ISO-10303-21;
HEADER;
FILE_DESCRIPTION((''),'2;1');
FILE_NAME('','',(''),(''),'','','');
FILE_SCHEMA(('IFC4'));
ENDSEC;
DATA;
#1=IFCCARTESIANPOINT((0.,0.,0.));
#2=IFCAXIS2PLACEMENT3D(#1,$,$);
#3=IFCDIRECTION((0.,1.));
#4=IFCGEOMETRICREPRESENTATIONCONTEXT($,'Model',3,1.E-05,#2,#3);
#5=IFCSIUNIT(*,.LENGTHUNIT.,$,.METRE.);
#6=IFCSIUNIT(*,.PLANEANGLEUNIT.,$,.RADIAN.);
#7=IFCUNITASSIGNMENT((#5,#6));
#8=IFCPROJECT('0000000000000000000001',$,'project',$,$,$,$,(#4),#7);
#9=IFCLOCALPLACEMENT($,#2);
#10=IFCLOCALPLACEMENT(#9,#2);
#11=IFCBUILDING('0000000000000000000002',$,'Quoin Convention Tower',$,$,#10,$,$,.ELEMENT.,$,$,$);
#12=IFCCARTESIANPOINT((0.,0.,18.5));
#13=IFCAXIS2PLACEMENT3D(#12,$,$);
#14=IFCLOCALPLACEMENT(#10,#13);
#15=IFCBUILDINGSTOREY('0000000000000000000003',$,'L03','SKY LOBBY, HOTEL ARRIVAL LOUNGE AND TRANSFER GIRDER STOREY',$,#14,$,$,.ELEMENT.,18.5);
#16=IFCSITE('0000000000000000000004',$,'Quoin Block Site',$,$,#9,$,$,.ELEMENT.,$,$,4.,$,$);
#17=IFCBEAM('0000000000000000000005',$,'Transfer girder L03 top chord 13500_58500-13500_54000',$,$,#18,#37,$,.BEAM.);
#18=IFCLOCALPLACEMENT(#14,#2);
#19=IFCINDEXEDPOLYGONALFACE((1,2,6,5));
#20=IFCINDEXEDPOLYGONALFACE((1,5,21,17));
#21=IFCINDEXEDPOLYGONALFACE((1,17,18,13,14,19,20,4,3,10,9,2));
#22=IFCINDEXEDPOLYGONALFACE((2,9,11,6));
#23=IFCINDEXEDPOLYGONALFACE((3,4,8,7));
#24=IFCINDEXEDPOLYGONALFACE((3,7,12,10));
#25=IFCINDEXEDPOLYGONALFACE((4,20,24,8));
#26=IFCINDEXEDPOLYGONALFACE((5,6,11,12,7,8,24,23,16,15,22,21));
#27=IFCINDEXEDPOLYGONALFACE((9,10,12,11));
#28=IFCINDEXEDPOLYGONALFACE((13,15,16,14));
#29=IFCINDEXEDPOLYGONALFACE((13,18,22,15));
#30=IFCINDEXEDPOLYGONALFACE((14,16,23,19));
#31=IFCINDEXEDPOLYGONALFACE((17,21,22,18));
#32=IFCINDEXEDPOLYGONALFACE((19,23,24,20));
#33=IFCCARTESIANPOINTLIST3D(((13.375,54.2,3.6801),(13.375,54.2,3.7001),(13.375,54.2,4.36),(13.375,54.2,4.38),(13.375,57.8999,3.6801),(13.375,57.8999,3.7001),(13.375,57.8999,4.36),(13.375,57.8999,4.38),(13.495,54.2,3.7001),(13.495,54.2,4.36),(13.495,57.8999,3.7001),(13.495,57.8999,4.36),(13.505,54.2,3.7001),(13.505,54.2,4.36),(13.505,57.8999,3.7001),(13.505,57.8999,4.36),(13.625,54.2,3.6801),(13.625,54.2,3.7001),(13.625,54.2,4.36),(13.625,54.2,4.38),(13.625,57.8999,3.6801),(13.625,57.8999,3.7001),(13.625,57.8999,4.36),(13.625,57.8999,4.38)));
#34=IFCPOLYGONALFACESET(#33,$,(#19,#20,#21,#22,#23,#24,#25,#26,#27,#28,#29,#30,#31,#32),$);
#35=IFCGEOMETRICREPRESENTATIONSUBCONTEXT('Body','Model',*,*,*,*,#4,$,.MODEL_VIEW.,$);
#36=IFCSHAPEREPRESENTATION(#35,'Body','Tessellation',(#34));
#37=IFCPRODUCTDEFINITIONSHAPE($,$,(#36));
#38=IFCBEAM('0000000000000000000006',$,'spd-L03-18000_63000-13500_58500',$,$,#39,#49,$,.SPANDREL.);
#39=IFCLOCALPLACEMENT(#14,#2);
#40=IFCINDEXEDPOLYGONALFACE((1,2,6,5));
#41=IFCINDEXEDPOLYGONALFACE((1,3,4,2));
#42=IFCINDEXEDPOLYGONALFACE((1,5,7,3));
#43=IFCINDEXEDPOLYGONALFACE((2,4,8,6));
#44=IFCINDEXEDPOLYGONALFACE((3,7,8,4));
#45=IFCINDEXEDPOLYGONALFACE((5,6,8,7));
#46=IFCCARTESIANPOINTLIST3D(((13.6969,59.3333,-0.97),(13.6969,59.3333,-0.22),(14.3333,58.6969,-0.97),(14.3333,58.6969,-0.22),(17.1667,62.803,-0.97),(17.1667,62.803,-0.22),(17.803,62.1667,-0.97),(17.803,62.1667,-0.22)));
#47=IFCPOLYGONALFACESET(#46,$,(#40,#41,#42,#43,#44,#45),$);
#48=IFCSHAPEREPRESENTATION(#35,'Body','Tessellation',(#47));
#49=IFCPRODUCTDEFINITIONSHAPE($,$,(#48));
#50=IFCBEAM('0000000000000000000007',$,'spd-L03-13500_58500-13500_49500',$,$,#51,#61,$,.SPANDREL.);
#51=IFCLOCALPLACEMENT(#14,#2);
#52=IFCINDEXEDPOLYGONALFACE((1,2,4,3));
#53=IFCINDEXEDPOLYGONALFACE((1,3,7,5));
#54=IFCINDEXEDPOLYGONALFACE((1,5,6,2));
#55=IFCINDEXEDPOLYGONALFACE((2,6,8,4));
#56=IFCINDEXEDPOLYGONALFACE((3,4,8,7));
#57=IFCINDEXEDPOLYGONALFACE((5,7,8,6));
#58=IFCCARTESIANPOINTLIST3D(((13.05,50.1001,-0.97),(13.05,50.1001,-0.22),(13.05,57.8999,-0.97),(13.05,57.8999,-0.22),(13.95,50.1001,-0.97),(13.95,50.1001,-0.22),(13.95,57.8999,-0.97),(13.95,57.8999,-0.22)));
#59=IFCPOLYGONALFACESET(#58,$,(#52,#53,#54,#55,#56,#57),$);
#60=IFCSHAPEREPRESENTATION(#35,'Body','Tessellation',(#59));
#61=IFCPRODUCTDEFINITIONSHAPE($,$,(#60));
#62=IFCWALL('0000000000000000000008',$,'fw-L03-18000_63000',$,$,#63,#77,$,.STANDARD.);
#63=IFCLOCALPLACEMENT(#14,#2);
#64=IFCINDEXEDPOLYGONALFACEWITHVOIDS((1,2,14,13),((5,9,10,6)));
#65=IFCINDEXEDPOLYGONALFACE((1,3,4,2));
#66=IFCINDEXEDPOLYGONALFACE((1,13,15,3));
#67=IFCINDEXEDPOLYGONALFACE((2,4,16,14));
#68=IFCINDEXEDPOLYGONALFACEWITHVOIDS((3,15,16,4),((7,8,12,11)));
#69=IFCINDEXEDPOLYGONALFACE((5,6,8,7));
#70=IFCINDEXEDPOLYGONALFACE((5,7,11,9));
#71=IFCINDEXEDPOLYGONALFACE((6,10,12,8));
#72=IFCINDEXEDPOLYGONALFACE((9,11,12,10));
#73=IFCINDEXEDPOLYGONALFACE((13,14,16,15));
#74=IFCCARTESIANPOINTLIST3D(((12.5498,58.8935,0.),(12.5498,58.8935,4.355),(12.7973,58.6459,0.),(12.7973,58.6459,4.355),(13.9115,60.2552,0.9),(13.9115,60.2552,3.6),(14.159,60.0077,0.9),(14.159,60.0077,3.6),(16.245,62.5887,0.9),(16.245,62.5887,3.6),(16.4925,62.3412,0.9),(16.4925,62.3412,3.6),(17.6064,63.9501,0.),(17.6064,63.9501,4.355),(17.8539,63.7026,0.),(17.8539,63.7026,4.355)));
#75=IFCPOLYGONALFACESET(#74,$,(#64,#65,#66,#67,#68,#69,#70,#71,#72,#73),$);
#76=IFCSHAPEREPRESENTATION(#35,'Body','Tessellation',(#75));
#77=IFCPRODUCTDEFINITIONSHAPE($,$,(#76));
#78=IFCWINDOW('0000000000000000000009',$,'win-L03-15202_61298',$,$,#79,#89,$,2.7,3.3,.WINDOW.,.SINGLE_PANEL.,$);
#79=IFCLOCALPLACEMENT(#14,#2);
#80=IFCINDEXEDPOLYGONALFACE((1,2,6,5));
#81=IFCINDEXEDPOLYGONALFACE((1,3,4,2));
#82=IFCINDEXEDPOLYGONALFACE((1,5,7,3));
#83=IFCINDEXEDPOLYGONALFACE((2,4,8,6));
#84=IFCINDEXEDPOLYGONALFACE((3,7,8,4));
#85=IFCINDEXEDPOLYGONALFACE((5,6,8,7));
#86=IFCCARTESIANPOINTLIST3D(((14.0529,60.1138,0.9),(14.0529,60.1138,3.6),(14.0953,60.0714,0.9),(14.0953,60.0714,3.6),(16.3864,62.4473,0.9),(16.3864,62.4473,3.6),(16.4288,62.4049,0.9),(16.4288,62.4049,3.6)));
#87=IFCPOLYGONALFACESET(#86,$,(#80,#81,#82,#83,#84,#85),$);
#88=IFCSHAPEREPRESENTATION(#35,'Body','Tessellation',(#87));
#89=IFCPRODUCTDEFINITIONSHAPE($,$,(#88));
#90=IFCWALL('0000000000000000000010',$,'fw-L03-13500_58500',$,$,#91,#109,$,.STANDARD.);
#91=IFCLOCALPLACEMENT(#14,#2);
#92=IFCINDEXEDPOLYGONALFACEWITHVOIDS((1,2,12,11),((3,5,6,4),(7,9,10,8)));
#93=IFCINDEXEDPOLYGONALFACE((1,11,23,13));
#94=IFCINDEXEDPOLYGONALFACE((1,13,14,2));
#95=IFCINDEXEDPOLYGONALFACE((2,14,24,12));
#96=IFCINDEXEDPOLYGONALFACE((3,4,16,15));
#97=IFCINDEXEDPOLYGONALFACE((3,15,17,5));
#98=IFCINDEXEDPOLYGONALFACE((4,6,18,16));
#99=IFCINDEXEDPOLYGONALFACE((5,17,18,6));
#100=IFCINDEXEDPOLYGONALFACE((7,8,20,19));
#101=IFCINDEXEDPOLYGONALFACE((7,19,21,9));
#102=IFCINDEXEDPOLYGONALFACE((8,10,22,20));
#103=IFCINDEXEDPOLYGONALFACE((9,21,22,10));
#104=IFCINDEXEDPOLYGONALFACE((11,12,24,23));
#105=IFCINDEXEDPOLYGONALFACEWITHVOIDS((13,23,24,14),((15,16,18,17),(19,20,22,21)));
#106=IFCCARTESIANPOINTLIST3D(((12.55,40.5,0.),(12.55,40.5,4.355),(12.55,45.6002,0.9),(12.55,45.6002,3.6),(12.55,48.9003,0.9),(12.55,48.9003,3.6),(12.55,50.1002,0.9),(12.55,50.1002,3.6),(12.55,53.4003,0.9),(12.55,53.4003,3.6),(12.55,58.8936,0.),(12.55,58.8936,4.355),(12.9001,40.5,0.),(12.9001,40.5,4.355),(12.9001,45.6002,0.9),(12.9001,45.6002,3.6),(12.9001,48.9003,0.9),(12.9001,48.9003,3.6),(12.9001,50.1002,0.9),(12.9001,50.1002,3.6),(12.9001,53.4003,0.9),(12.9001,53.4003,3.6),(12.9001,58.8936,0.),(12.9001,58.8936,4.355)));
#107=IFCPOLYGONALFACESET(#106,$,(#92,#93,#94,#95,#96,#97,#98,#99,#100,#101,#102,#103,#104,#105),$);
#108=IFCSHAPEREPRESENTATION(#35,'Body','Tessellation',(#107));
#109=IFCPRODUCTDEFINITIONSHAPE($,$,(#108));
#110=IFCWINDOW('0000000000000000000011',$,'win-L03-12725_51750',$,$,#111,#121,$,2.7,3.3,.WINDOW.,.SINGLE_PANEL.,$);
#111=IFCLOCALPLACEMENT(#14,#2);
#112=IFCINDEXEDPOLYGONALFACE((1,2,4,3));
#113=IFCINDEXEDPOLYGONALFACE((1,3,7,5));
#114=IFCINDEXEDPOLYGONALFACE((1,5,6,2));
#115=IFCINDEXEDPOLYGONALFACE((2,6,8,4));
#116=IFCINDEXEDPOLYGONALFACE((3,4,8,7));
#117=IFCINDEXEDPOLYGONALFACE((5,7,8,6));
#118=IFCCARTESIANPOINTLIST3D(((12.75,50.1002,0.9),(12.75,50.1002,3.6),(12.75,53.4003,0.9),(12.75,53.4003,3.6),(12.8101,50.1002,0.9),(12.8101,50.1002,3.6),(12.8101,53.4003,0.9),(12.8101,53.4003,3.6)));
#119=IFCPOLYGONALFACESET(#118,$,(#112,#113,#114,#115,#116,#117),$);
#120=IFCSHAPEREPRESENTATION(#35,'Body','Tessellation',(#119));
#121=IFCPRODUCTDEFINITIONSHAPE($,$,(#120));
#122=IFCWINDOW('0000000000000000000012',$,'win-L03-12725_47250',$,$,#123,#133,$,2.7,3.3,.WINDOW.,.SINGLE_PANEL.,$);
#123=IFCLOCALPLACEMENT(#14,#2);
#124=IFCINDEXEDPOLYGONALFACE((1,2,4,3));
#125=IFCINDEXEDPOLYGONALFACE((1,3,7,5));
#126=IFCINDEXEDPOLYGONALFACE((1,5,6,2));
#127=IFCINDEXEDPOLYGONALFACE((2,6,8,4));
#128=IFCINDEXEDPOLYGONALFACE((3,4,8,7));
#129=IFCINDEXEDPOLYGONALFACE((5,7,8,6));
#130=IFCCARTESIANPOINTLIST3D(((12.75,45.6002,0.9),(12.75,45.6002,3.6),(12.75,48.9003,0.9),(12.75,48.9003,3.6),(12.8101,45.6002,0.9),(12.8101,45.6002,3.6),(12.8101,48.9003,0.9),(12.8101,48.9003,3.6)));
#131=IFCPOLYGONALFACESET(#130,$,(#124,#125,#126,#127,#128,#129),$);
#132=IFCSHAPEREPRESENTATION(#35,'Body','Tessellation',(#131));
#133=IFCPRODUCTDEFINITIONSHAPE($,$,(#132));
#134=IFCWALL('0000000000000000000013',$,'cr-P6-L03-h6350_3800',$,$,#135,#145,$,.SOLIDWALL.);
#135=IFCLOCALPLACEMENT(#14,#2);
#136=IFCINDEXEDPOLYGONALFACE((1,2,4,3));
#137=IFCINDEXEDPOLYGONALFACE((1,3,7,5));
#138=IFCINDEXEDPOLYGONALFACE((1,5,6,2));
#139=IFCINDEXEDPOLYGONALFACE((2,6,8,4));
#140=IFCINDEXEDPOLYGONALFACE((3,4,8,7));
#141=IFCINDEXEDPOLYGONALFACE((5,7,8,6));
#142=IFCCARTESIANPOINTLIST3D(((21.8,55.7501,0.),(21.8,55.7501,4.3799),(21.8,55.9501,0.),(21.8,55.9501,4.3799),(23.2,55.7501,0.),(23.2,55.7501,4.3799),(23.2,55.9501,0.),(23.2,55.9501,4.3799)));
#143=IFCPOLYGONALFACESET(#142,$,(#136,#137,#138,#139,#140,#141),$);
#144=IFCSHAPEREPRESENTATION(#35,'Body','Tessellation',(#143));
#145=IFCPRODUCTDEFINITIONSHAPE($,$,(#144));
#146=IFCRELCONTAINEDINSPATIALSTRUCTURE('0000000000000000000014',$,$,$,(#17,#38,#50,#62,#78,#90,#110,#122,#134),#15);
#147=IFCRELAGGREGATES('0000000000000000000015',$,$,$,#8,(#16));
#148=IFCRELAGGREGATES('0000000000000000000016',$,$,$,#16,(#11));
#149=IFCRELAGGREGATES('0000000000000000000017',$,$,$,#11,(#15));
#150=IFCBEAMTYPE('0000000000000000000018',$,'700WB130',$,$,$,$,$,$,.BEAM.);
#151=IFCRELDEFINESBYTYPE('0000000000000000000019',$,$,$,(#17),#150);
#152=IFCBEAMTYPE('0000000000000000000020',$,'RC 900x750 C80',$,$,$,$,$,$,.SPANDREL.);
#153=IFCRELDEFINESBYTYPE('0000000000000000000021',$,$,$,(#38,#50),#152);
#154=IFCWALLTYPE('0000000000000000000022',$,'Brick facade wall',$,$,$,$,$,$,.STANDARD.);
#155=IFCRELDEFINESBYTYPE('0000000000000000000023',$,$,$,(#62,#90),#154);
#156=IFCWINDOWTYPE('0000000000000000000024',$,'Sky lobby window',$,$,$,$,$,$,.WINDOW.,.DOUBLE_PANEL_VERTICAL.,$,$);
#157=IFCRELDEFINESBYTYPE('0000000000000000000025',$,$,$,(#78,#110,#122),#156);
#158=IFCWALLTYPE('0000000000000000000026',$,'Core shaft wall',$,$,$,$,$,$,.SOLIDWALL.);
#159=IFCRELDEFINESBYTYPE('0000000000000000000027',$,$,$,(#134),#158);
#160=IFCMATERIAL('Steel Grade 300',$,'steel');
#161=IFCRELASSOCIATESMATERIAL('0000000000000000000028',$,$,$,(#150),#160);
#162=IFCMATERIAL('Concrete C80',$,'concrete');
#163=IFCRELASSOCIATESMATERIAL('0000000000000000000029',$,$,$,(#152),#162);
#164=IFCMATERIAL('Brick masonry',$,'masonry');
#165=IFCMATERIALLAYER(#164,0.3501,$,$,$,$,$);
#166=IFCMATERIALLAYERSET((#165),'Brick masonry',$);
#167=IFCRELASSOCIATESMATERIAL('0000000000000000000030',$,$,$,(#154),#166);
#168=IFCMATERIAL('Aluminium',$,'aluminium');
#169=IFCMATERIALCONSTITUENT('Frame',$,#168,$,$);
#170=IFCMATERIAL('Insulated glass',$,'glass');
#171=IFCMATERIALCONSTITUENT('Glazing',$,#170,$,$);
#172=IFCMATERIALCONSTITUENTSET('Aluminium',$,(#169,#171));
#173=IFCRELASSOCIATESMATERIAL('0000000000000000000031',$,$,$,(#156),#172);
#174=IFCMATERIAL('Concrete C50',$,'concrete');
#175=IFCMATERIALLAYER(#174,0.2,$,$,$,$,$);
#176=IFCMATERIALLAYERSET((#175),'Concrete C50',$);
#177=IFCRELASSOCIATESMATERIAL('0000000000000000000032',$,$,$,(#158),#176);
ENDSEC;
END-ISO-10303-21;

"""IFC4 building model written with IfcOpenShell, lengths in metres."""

from ifc_helpers import new_model, si_unit, direction, frame, frame_2d, origin, origin_2d, place, context, subcontext, project, spatial, rectangle, i_section, extrude, material, layer, layer_set, constituent, constituent_set, material_profile, profile_set, type_object, element, fill, save


model = new_model("IFC4")

# Units and contexts
model_context = context("Model", 3, precision=1e-05, world=origin(), true_north=direction((0.0, 1.0)))
body_context = subcontext(model_context, "Body", "Model", "MODEL_VIEW")
ifc_project = project(units=[si_unit("LENGTHUNIT", "METRE"), si_unit("PLANEANGLEUNIT", "RADIAN")], contexts=[model_context])

# Site, building, storey
site_placement = place(None, origin())
site = spatial("IfcSite", under=ifc_project, at=site_placement, Name="Quoin Block Site", CompositionType="ELEMENT", RefElevation=4.0)
building_placement = place(site_placement, origin())
building = spatial("IfcBuilding", under=site, at=building_placement, Name="Quoin Convention Tower", CompositionType="ELEMENT")
storey_placement = place(building_placement, frame((0.0, 0.0, 18.5)))
storey = spatial("IfcBuildingStorey", under=building, at=storey_placement, Name="L03", Description="SKY LOBBY, HOTEL ARRIVAL LOUNGE AND TRANSFER GIRDER STOREY", CompositionType="ELEMENT", Elevation=18.5)

# Shared definitions
ifc_material_1 = material(Name="Concrete C80", Category="concrete")

# Shared definitions
ifc_material_2 = material(Name="Steel Grade 300", Category="steel")

# Beams
ifc_material_profile_1 = material_profile(ifc_material_2, i_section(OverallWidth=0.25, OverallDepth=0.7, WebThickness=0.01, FlangeThickness=0.02, at=origin_2d()), Name="700WB130")
ifc_profile_set_1 = profile_set([ifc_material_profile_1], Name="Steel Grade 300")
beam_type_1 = type_object("IfcBeamType", Name="700WB130", PredefinedType="BEAM", material=ifc_profile_set_1)
beam_1_placement = place(storey_placement, frame((13.5, 57.8999, 4.03), z_axis=(0.0, -1.0, 0.0), x_axis=(1.0, 0.0, 0.0)))
element("IfcBeam", 1, at=beam_1_placement, inside=storey, type_object=beam_type_1, Name="Transfer girder L03 top chord 13500_58500-13500_54000", PredefinedType="BEAM", context=body_context, shape_type="SweptSolid", body=[
    extrude(i_section(OverallWidth=0.25, OverallDepth=0.7, WebThickness=0.01, FlangeThickness=0.02, at=origin_2d()), origin(), (0.0, 0.0, 1.0), 3.7),
])
ifc_material_profile_2 = material_profile(ifc_material_1, rectangle(XDim=0.8999, YDim=0.75, at=origin_2d()), Name="RC 900x750")
ifc_profile_set_2 = profile_set([ifc_material_profile_2], Name="Concrete C80")
beam_type_2 = type_object("IfcBeamType", Name="RC 900x750 C80", PredefinedType="SPANDREL", material=ifc_profile_set_2)
beam_2_placement = place(storey_placement, frame((17.4849, 62.4849, -0.595), z_axis=(-0.707107, -0.707107, 0.0), x_axis=(0.707107, -0.707107, 0.0)))
element("IfcBeam", 2, at=beam_2_placement, inside=storey, type_object=beam_type_2, Name="spd-L03-18000_63000-13500_58500", PredefinedType="SPANDREL", context=body_context, shape_type="SweptSolid", body=[
    extrude(rectangle(XDim=0.8999, YDim=0.75, at=origin_2d()), origin(), (0.0, 0.0, 1.0), 4.907),
])
beam_3_placement = place(storey_placement, frame((13.5, 57.8999, -0.595), z_axis=(0.0, -1.0, 0.0), x_axis=(1.0, 0.0, 0.0)))
element("IfcBeam", 3, at=beam_3_placement, inside=storey, type_object=beam_type_2, Name="spd-L03-13500_58500-13500_49500", PredefinedType="SPANDREL", context=body_context, shape_type="SweptSolid", body=[
    extrude(rectangle(XDim=0.8999, YDim=0.75, at=origin_2d()), origin(), (0.0, 0.0, 1.0), 7.7998),
])

# Wall, opening, window
ifc_material_3 = material(Name="Brick masonry", Category="masonry")
ifc_layer_1 = layer(ifc_material_3, 0.3501)
ifc_layer_set_1 = layer_set([ifc_layer_1], Name="Brick masonry")
wall_type_1 = type_object("IfcWallType", Name="Brick facade wall", PredefinedType="STANDARD", material=ifc_layer_set_1)
wall_1_placement = place(storey_placement, frame((17.7302, 63.8264, 0.0), z_axis=(0.0, 0.0, 1.0), x_axis=(-0.707107, -0.707107, 0.0)))
wall_1 = element("IfcWall", 4, at=wall_1_placement, inside=storey, type_object=wall_type_1, Name="fw-L03-18000_63000", PredefinedType="STANDARD", context=body_context, shape_type="SweptSolid", body=[
    extrude(rectangle(XDim=7.1511, YDim=0.3501, at=frame_2d((3.5757, 0.0))), origin(), (0.0, 0.0, 1.0), 4.355),
])
opening_1_placement = place(wall_1_placement, frame((1.9255, 0.0, 0.8999)))
opening_1 = element("IfcOpeningElement", 5, at=opening_1_placement, cuts=wall_1, PredefinedType="OPENING", context=body_context, shape_type="SweptSolid", body=[
    extrude(rectangle(XDim=3.3, YDim=2.7, at=frame_2d((1.6499, 1.3501))), frame((0.0, 0.1851, 0.0), z_axis=(0.0, -1.0, 0.0), x_axis=(1.0, 0.0, 0.0)), (0.0, 0.0, 1.0), 0.3701),
])
ifc_material_4 = material(Name="Aluminium", Category="aluminium")
ifc_constituent_1 = constituent(ifc_material_4, Name="Frame")
ifc_material_5 = material(Name="Insulated glass", Category="glass")
ifc_constituent_2 = constituent(ifc_material_5, Name="Glazing")
ifc_constituent_set = constituent_set(constituents=[ifc_constituent_1, ifc_constituent_2], Name="Aluminium")
window_type = type_object("IfcWindowType", Name="Sky lobby window", PartitioningType="DOUBLE_PANEL_VERTICAL", PredefinedType="WINDOW", material=ifc_constituent_set)
window_1_placement = place(opening_1_placement, origin())
window_1 = element("IfcWindow", 6, at=window_1_placement, inside=storey, type_object=window_type, Name="win-L03-15202_61298", OverallHeight=2.7, OverallWidth=3.3, PartitioningType="SINGLE_PANEL", PredefinedType="WINDOW", context=body_context, shape_type="SweptSolid", body=[
    extrude(rectangle(XDim=3.3, YDim=2.7, at=frame_2d((1.6499, 1.3501))), frame((0.0, 0.085, 0.0), z_axis=(0.0, -1.0, 0.0), x_axis=(1.0, 0.0, 0.0)), (0.0, 0.0, 1.0), 0.0601),
])
fill(opening_1, window_1)

# Wall, openings, windows
wall_2_placement = place(storey_placement, frame((12.7251, 58.8936, 0.0), z_axis=(0.0, 0.0, 1.0), x_axis=(0.0, -1.0, 0.0)))
wall_2 = element("IfcWall", 7, at=wall_2_placement, inside=storey, type_object=wall_type_1, Name="fw-L03-13500_58500", PredefinedType="STANDARD", context=body_context, shape_type="SweptSolid", body=[
    extrude(rectangle(XDim=18.3936, YDim=0.3501, at=frame_2d((9.1968, 0.0))), origin(), (0.0, 0.0, 1.0), 4.355),
])
opening_2_placement = place(wall_2_placement, frame((5.4934, 0.0, 0.8999)))
opening_2 = element("IfcOpeningElement", 8, at=opening_2_placement, cuts=wall_2, PredefinedType="OPENING", context=body_context, shape_type="SweptSolid", body=[
    extrude(rectangle(XDim=3.3, YDim=2.7, at=frame_2d((1.6499, 1.3501))), frame((0.0, 0.1851, 0.0), z_axis=(0.0, -1.0, 0.0), x_axis=(1.0, 0.0, 0.0)), (0.0, 0.0, 1.0), 0.3701),
])
opening_3_placement = place(wall_2_placement, frame((9.9934, 0.0, 0.8999)))
opening_3 = element("IfcOpeningElement", 9, at=opening_3_placement, cuts=wall_2, PredefinedType="OPENING", context=body_context, shape_type="SweptSolid", body=[
    extrude(rectangle(XDim=3.3, YDim=2.7, at=frame_2d((1.6499, 1.3501))), frame((0.0, 0.1851, 0.0), z_axis=(0.0, -1.0, 0.0), x_axis=(1.0, 0.0, 0.0)), (0.0, 0.0, 1.0), 0.3701),
])
window_2_placement = place(opening_2_placement, origin())
window_2 = element("IfcWindow", 10, at=window_2_placement, inside=storey, type_object=window_type, Name="win-L03-12725_51750", OverallHeight=2.7, OverallWidth=3.3, PartitioningType="SINGLE_PANEL", PredefinedType="WINDOW", context=body_context, shape_type="SweptSolid", body=[
    extrude(rectangle(XDim=3.3, YDim=2.7, at=frame_2d((1.6499, 1.3501))), frame((0.0, 0.085, 0.0), z_axis=(0.0, -1.0, 0.0), x_axis=(1.0, 0.0, 0.0)), (0.0, 0.0, 1.0), 0.0601),
])
fill(opening_2, window_2)
window_3_placement = place(opening_3_placement, origin())
window_3 = element("IfcWindow", 11, at=window_3_placement, inside=storey, type_object=window_type, Name="win-L03-12725_47250", OverallHeight=2.7, OverallWidth=3.3, PartitioningType="SINGLE_PANEL", PredefinedType="WINDOW", context=body_context, shape_type="SweptSolid", body=[
    extrude(rectangle(XDim=3.3, YDim=2.7, at=frame_2d((1.6499, 1.3501))), frame((0.0, 0.085, 0.0), z_axis=(0.0, -1.0, 0.0), x_axis=(1.0, 0.0, 0.0)), (0.0, 0.0, 1.0), 0.0601),
])
fill(opening_3, window_3)

# Wall
ifc_material_6 = material(Name="Concrete C50", Category="concrete")
ifc_layer_2 = layer(ifc_material_6, 0.2)
ifc_layer_set_2 = layer_set([ifc_layer_2], Name="Concrete C50")
wall_type_2 = type_object("IfcWallType", Name="Core shaft wall", PredefinedType="SOLIDWALL", material=ifc_layer_set_2)
wall_3_placement = place(storey_placement, frame((21.8, 55.8501, 0.0), z_axis=(0.0, 0.0, 1.0), x_axis=(1.0, 0.0, 0.0)))
element("IfcWall", 12, at=wall_3_placement, inside=storey, type_object=wall_type_2, Name="cr-P6-L03-h6350_3800", PredefinedType="SOLIDWALL", context=body_context, shape_type="SweptSolid", body=[
    extrude(rectangle(XDim=1.3999, YDim=0.2, at=frame_2d((0.7, 0.0))), origin(), (0.0, 0.0, 1.0), 4.3799),
])

save(model, "model.ifc")
